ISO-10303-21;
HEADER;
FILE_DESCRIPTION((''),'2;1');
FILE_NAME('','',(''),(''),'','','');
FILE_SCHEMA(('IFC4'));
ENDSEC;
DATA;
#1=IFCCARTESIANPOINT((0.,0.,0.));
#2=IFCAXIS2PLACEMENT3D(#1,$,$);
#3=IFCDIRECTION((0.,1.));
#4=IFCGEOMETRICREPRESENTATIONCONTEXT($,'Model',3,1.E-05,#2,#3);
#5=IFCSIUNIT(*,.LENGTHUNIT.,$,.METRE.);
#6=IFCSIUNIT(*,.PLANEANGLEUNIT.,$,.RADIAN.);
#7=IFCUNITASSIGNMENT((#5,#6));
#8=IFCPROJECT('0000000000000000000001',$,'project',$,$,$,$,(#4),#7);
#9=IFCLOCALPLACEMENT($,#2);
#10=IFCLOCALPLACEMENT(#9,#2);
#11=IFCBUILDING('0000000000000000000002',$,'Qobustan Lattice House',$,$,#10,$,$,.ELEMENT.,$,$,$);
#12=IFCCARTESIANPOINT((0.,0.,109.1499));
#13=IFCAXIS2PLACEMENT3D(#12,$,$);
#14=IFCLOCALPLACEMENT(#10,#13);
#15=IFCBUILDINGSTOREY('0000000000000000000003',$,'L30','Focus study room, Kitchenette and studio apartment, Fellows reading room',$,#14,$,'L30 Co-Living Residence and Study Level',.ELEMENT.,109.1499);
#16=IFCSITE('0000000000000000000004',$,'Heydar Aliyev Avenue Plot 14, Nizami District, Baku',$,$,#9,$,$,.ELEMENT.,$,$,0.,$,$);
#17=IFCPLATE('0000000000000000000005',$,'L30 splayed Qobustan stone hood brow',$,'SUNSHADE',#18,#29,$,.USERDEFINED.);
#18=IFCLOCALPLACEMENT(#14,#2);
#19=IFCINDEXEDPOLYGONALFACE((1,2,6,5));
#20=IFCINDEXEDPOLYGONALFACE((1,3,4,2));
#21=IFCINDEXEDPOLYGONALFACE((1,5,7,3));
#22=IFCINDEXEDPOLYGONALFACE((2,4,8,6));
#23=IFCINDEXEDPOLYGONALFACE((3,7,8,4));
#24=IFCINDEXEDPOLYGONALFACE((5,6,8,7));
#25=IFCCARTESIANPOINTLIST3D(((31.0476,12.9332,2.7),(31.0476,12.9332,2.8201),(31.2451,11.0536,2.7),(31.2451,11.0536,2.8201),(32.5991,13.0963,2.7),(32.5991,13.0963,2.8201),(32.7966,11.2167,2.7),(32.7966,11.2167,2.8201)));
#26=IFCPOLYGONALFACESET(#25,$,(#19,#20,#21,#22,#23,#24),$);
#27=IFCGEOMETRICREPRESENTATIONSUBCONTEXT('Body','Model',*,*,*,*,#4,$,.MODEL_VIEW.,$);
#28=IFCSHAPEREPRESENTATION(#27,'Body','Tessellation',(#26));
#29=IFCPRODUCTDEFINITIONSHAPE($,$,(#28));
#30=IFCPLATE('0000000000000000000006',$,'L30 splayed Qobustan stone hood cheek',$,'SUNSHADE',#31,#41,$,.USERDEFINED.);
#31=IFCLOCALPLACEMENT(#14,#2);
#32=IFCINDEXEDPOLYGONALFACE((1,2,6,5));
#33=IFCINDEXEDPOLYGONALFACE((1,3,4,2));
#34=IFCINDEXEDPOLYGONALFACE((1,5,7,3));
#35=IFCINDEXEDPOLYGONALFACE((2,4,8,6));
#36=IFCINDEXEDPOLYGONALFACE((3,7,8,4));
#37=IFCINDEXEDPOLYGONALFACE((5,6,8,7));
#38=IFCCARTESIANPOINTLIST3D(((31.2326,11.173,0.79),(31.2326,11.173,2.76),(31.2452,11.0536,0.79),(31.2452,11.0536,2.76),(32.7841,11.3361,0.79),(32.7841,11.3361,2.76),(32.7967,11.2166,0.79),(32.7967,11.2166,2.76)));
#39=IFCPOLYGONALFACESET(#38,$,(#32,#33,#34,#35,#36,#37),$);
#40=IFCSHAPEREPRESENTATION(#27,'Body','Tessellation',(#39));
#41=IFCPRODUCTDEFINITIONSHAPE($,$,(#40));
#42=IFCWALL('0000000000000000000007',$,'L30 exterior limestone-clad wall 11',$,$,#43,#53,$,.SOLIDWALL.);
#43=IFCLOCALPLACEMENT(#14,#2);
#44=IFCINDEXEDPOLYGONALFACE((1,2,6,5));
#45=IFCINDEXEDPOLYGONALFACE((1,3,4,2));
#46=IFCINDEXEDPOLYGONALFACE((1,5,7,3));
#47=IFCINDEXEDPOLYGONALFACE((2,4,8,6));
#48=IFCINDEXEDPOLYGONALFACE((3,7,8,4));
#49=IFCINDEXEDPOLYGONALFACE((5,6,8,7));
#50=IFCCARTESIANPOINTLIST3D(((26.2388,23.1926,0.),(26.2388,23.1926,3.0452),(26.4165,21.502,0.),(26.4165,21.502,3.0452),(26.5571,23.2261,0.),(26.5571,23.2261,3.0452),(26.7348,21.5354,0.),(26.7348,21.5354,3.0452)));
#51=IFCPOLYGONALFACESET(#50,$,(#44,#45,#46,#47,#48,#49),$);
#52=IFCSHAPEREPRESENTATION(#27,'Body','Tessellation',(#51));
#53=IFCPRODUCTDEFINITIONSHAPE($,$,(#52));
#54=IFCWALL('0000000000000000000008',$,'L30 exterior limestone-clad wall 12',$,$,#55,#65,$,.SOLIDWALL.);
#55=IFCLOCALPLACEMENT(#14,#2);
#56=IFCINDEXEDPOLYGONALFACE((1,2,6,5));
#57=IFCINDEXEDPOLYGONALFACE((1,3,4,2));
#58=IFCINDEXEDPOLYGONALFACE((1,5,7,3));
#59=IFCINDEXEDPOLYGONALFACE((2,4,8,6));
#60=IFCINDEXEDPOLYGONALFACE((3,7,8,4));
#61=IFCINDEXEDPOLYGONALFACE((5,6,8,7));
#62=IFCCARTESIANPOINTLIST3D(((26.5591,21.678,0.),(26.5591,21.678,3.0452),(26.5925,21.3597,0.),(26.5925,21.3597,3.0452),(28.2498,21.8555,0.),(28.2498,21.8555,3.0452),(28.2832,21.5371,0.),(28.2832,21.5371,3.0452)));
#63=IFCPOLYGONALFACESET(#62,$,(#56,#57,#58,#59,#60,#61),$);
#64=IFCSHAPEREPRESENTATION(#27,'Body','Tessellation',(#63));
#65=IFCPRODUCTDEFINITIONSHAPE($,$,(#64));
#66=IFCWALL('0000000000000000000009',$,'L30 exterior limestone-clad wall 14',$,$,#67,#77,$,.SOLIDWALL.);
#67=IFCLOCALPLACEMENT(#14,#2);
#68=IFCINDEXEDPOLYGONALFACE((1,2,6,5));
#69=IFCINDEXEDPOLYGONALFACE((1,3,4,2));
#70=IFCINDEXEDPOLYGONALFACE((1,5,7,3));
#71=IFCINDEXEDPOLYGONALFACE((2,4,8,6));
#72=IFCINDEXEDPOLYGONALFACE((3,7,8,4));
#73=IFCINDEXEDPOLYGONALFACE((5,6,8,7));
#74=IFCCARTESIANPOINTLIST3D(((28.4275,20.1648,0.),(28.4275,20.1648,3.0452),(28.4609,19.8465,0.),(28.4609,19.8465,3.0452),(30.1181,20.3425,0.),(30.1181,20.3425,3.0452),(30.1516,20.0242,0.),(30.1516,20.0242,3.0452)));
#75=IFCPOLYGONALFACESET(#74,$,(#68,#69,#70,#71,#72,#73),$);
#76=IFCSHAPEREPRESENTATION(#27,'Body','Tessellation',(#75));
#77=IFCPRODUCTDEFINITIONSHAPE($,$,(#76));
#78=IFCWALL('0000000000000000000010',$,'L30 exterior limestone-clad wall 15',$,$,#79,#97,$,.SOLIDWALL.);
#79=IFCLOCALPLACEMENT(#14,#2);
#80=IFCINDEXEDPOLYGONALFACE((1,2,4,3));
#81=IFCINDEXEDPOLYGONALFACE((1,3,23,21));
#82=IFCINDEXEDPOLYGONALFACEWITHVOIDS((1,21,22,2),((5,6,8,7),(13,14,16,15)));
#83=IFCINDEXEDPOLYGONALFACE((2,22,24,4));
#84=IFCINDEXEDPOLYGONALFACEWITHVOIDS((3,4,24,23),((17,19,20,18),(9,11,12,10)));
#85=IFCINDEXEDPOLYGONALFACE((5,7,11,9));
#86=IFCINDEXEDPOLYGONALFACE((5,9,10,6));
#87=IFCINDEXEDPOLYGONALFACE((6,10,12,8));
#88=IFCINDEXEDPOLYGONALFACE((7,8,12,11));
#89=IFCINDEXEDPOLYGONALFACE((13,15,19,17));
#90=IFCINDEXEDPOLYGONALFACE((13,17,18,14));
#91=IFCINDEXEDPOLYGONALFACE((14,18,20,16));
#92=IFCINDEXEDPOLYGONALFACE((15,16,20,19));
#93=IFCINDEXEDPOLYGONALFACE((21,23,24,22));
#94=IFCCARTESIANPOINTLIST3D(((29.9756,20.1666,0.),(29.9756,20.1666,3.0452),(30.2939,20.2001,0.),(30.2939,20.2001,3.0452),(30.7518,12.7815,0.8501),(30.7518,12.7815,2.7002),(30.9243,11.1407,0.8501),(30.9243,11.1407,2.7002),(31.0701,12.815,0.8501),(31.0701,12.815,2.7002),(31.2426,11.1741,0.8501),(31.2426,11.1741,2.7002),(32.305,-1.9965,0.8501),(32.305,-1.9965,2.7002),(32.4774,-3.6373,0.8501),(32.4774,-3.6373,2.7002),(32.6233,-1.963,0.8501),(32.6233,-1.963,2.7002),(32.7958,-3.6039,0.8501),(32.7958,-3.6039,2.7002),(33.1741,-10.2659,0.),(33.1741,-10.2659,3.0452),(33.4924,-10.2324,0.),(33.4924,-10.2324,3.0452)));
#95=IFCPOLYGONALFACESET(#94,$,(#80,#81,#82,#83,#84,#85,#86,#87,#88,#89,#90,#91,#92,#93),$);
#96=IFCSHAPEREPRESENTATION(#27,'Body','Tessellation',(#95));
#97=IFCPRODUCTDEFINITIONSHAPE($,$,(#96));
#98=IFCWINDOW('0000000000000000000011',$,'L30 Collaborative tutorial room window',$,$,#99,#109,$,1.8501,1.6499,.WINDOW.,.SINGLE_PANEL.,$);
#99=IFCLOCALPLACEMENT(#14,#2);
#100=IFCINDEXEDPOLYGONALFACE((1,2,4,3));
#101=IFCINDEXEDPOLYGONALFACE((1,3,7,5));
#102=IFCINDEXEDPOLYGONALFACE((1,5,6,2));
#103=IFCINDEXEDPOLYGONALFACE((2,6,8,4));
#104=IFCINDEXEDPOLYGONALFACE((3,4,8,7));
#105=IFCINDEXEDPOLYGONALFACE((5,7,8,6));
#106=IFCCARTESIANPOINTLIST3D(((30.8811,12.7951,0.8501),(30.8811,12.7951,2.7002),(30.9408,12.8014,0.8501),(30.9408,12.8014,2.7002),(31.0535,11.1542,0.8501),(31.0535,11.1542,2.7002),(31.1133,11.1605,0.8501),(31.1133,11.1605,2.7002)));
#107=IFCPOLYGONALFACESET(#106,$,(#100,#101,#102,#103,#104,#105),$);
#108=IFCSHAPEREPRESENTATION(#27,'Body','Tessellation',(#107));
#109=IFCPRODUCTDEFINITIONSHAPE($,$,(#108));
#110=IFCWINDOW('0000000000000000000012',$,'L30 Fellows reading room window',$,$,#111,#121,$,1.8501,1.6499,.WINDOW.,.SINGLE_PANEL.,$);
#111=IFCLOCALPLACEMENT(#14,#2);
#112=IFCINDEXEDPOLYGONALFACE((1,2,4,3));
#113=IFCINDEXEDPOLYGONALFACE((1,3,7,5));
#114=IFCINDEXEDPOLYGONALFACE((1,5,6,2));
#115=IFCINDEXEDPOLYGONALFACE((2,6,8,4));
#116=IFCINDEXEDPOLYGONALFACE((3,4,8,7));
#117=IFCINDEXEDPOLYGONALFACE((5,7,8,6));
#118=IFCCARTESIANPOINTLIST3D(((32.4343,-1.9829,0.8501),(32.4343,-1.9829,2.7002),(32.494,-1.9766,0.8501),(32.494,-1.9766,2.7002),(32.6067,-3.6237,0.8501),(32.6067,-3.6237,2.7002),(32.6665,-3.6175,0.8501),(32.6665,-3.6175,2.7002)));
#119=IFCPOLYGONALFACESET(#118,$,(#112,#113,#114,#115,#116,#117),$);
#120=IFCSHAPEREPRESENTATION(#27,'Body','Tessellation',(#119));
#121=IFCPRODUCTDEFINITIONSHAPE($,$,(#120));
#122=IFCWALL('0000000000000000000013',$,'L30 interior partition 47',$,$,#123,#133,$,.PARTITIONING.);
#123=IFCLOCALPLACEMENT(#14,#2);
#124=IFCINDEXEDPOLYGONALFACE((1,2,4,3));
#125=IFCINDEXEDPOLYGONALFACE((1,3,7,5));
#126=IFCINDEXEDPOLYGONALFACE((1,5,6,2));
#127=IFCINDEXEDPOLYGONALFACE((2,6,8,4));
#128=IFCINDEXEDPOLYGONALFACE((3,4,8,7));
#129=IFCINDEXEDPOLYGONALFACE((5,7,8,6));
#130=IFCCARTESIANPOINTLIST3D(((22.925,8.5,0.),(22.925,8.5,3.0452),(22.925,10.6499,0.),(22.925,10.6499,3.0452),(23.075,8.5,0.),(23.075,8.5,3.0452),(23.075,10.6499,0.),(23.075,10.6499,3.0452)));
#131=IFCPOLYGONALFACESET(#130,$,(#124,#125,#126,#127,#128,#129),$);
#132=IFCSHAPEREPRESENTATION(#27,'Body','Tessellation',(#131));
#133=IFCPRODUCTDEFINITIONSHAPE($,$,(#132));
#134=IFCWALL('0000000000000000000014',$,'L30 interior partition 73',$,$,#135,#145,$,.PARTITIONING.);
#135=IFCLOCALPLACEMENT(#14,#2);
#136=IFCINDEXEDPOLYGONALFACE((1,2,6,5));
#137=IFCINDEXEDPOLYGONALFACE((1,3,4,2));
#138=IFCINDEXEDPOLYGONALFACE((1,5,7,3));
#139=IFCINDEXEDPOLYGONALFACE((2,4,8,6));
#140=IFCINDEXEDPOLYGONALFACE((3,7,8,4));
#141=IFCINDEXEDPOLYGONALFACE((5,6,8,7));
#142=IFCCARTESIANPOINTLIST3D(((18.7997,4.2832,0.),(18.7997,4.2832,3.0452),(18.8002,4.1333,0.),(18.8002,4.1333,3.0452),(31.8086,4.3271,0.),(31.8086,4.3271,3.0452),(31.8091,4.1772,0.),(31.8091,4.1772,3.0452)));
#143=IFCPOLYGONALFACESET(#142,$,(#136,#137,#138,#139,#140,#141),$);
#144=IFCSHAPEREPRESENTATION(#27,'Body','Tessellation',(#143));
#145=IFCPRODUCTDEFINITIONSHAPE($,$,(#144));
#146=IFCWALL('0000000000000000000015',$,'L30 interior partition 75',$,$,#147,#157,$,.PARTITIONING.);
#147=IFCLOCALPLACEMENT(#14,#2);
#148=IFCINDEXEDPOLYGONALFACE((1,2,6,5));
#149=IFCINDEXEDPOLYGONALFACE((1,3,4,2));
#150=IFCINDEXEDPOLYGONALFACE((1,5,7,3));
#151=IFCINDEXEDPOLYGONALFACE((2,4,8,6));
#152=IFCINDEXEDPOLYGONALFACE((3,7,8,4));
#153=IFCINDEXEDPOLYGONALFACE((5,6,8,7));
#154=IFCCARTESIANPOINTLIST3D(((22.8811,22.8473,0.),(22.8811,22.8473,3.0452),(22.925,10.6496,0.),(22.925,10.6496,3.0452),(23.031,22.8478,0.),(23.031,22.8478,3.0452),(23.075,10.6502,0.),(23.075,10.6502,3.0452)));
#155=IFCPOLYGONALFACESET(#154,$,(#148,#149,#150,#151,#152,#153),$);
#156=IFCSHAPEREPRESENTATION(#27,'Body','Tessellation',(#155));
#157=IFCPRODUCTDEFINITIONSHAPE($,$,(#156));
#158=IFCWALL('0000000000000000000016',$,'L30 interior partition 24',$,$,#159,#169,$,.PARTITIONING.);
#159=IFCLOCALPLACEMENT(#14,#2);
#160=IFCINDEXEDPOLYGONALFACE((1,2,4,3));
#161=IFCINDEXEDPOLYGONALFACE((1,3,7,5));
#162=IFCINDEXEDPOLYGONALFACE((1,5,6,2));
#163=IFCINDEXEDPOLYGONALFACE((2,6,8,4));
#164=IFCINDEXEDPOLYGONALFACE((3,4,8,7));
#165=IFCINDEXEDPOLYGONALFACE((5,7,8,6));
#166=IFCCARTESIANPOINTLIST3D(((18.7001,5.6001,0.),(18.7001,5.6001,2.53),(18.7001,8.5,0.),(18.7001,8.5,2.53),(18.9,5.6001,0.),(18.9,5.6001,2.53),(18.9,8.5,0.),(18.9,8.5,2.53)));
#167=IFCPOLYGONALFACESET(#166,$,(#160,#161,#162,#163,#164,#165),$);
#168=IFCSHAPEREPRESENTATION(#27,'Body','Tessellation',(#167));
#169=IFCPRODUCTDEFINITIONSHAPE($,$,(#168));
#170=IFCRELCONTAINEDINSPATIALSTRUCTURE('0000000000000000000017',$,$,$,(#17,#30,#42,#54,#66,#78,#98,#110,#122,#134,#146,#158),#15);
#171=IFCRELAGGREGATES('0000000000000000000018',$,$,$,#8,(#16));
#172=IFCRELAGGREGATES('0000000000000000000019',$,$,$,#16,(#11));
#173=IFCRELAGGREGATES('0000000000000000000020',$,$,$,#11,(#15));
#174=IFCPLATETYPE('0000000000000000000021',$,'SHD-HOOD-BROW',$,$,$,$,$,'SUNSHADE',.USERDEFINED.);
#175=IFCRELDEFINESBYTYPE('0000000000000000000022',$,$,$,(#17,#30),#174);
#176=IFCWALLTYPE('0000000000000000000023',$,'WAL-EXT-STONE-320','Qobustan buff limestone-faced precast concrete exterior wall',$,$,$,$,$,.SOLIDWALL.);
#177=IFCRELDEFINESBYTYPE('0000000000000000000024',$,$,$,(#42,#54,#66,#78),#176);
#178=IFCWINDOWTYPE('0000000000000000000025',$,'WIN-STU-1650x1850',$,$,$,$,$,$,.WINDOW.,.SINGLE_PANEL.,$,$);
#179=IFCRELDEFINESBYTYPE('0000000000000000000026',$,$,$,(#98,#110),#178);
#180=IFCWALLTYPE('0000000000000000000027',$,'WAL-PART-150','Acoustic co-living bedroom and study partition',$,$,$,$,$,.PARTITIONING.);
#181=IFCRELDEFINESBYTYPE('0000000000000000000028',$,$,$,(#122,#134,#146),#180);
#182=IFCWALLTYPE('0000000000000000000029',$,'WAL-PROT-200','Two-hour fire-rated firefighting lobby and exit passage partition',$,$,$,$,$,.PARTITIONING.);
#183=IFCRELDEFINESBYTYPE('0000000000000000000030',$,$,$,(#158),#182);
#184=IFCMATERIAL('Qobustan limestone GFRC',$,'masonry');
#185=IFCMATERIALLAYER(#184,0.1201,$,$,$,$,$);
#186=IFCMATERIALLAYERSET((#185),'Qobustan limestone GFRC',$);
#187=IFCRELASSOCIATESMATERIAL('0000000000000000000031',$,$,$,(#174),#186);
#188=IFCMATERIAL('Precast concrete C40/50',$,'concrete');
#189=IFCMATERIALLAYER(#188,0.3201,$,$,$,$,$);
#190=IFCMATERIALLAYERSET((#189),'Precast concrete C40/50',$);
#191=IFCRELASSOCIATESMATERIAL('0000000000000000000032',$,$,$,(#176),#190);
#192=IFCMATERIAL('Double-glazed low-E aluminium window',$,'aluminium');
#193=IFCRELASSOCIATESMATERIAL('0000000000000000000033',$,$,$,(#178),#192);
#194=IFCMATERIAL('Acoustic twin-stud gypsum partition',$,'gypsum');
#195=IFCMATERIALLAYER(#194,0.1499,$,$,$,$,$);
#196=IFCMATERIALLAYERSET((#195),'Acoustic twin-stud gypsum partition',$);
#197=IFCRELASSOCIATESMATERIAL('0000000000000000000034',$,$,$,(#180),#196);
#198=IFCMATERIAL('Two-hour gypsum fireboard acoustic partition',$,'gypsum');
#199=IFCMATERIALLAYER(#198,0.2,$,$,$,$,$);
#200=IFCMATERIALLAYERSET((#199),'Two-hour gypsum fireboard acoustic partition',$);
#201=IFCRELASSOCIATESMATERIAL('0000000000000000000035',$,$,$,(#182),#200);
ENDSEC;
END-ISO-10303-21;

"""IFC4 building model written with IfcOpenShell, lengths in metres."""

from ifc_helpers import new_model, si_unit, direction, frame, frame_2d, origin, origin_2d, place, context, subcontext, project, spatial, rectangle, extrude, material, layer, layer_set, type_object, element, fill, save


model = new_model("IFC4")

# Units and contexts
model_context = context("Model", 3, precision=1e-05, world=origin(), true_north=direction((0.0, 1.0)))
body_context = subcontext(model_context, "Body", "Model", "MODEL_VIEW")
ifc_project = project(units=[si_unit("LENGTHUNIT", "METRE"), si_unit("PLANEANGLEUNIT", "RADIAN")], contexts=[model_context])

# Site, building, storey
site_placement = place(None, origin())
site = spatial("IfcSite", under=ifc_project, at=site_placement, Name="Heydar Aliyev Avenue Plot 14, Nizami District, Baku", CompositionType="ELEMENT", RefElevation=0.0)
building_placement = place(site_placement, origin())
building = spatial("IfcBuilding", under=site, at=building_placement, Name="Qobustan Lattice House", CompositionType="ELEMENT")
storey_placement = place(building_placement, frame((0.0, 0.0, 109.1499)))
storey = spatial("IfcBuildingStorey", under=building, at=storey_placement, Name="L30", Description="Focus study room, Kitchenette and studio apartment, Fellows reading room", LongName="L30 Co-Living Residence and Study Level", CompositionType="ELEMENT", Elevation=109.1499)

# Plates
ifc_material_1 = material(Name="Qobustan limestone GFRC", Category="masonry")
ifc_layer_1 = layer(ifc_material_1, 0.1201)
ifc_layer_set_1 = layer_set([ifc_layer_1], Name="Qobustan limestone GFRC")
plate_type_1 = type_object("IfcPlateType", Name="SHD-HOOD-BROW", ElementType="SUNSHADE", PredefinedType="USERDEFINED", material=ifc_layer_set_1)
plate_1_placement = place(storey_placement, frame((31.9221, 12.075, 2.7), z_axis=(0.0, 0.0, 1.0), x_axis=(0.104528, -0.994522, 0.0)))
element("IfcPlate", 1, at=plate_1_placement, inside=storey, type_object=plate_type_1, Name="L30 splayed Qobustan stone hood brow", ObjectType="SUNSHADE", PredefinedType="USERDEFINED", context=body_context, shape_type="SweptSolid", body=[
    extrude(rectangle(XDim=1.8899, YDim=1.5601, at=origin_2d()), origin(), (0.0, 0.0, 1.0), 0.1201),
])
plate_2_placement = place(storey_placement, frame((32.0146, 11.1948, 0.79), z_axis=(0.0, 0.0, 1.0), x_axis=(0.104528, -0.994522, 0.0)))
element("IfcPlate", 2, at=plate_2_placement, inside=storey, type_object=plate_type_1, Name="L30 splayed Qobustan stone hood cheek", ObjectType="SUNSHADE", PredefinedType="USERDEFINED", context=body_context, shape_type="SweptSolid", body=[
    extrude(rectangle(XDim=0.1201, YDim=1.5601, at=origin_2d()), origin(), (0.0, 0.0, 1.0), 1.97),
])

# Walls
ifc_material_2 = material(Name="Precast concrete C40/50", Category="concrete")
ifc_layer_2 = layer(ifc_material_2, 0.3201)
ifc_layer_set_2 = layer_set([ifc_layer_2], Name="Precast concrete C40/50")
wall_type_1 = type_object("IfcWallType", Name="WAL-EXT-STONE-320", Description="Qobustan buff limestone-faced precast concrete exterior wall", PredefinedType="SOLIDWALL", material=ifc_layer_set_2)
for number, where, z_axis, x_axis, name in (
    (3, (26.3979, 23.2095, 0.0), (0.0, 0.0, 1.0), (0.10455, -0.99452, 0.0), "L30 exterior limestone-clad wall 11"),
    (4, (26.5757, 21.5188, 0.0), (0.0, 0.0, 1.0), (0.994535, 0.104408, 0.0), "L30 exterior limestone-clad wall 12"),
    (5, (28.4441, 20.0056, 0.0), (0.0, 0.0, 1.0), (0.99452, 0.10455, 0.0), "L30 exterior limestone-clad wall 14"),
):
    element("IfcWall", number, at=place(storey_placement, frame(where, z_axis=z_axis, x_axis=x_axis)), inside=storey, type_object=wall_type_1, Name=name, PredefinedType="SOLIDWALL", context=body_context, shape_type="SweptSolid", body=[
        extrude(rectangle(XDim=1.7, YDim=0.3201, at=frame_2d((0.8501, 0.0))), origin(), (0.0, 0.0, 1.0), 3.0452),
    ])

# Wall, openings, windows
wall_1_placement = place(storey_placement, frame((30.1348, 20.1833, 0.0), z_axis=(0.0, 0.0, 1.0), x_axis=(0.104526, -0.994522, 0.0)))
wall_1 = element("IfcWall", 6, at=wall_1_placement, inside=storey, type_object=wall_type_1, Name="L30 exterior limestone-clad wall 15", PredefinedType="SOLIDWALL", context=body_context, shape_type="SweptSolid", body=[
    extrude(rectangle(XDim=30.6001, YDim=0.3201, at=frame_2d((15.3, 0.0))), origin(), (0.0, 0.0, 1.0), 3.0452),
])
opening_1_placement = place(wall_1_placement, frame((7.4258, 0.0, 0.8501)))
opening_1 = element("IfcOpeningElement", 7, at=opening_1_placement, cuts=wall_1, PredefinedType="OPENING", context=body_context, shape_type="SweptSolid", body=[
    extrude(rectangle(XDim=1.6499, YDim=1.8501, at=frame_2d((0.825, 0.925))), frame((0.0, 0.1699, 0.0), z_axis=(0.0, -1.0, 0.0), x_axis=(1.0, 0.0, 0.0)), (0.0, 0.0, 1.0), 0.3401),
])
opening_2_placement = place(wall_1_placement, frame((22.2852, 0.0, 0.8501)))
opening_2 = element("IfcOpeningElement", 8, at=opening_2_placement, cuts=wall_1, PredefinedType="OPENING", context=body_context, shape_type="SweptSolid", body=[
    extrude(rectangle(XDim=1.6499, YDim=1.8501, at=frame_2d((0.825, 0.925))), frame((0.0, 0.1699, 0.0), z_axis=(0.0, -1.0, 0.0), x_axis=(1.0, 0.0, 0.0)), (0.0, 0.0, 1.0), 0.3401),
])
ifc_material_3 = material(Name="Double-glazed low-E aluminium window", Category="aluminium")
window_type = type_object("IfcWindowType", Name="WIN-STU-1650x1850", PartitioningType="SINGLE_PANEL", PredefinedType="WINDOW", material=ifc_material_3)
window_1_placement = place(opening_1_placement, origin())
window_1 = element("IfcWindow", 9, at=window_1_placement, inside=storey, type_object=window_type, Name="L30 Collaborative tutorial room window", OverallHeight=1.8501, OverallWidth=1.6499, PartitioningType="SINGLE_PANEL", PredefinedType="WINDOW", context=body_context, shape_type="SweptSolid", body=[
    extrude(rectangle(XDim=1.6499, YDim=1.8501, at=frame_2d((0.825, 0.925))), frame((0.0, 0.03, 0.0), z_axis=(0.0, -1.0, 0.0), x_axis=(1.0, 0.0, 0.0)), (0.0, 0.0, 1.0), 0.0601),
])
fill(opening_1, window_1)
window_2_placement = place(opening_2_placement, origin())
window_2 = element("IfcWindow", 10, at=window_2_placement, inside=storey, type_object=window_type, Name="L30 Fellows reading room window", OverallHeight=1.8501, OverallWidth=1.6499, PartitioningType="SINGLE_PANEL", PredefinedType="WINDOW", context=body_context, shape_type="SweptSolid", body=[
    extrude(rectangle(XDim=1.6499, YDim=1.8501, at=frame_2d((0.825, 0.925))), frame((0.0, 0.03, 0.0), z_axis=(0.0, -1.0, 0.0), x_axis=(1.0, 0.0, 0.0)), (0.0, 0.0, 1.0), 0.0601),
])
fill(opening_2, window_2)

# Shared definitions
ifc_material_4 = material(Name="Acoustic twin-stud gypsum partition", Category="gypsum")
ifc_layer_3 = layer(ifc_material_4, 0.1499)
ifc_layer_set_3 = layer_set([ifc_layer_3], Name="Acoustic twin-stud gypsum partition")
wall_type_2 = type_object("IfcWallType", Name="WAL-PART-150", Description="Acoustic co-living bedroom and study partition", PredefinedType="PARTITIONING", material=ifc_layer_set_3)

# Walls
wall_2_placement = place(storey_placement, frame((23.0, 10.6499, 0.0), z_axis=(0.0, 0.0, 1.0), x_axis=(0.0, -1.0, 0.0)))
element("IfcWall", 11, at=wall_2_placement, inside=storey, type_object=wall_type_2, Name="L30 interior partition 47", PredefinedType="PARTITIONING", context=body_context, shape_type="SweptSolid", body=[
    extrude(rectangle(XDim=2.1499, YDim=0.1499, at=frame_2d((1.075, 0.0))), origin(), (0.0, 0.0, 1.0), 3.0452),
])
wall_3_placement = place(storey_placement, frame((18.8, 4.2083, 0.0), z_axis=(0.0, 0.0, 1.0), x_axis=(0.999994, 0.003378, 0.0)))
element("IfcWall", 12, at=wall_3_placement, inside=storey, type_object=wall_type_2, Name="L30 interior partition 73", PredefinedType="PARTITIONING", context=body_context, shape_type="SweptSolid", body=[
    extrude(rectangle(XDim=13.009, YDim=0.1499, at=frame_2d((6.5044, 0.0))), origin(), (0.0, 0.0, 1.0), 3.0452),
])
wall_4_placement = place(storey_placement, frame((23.0, 10.6499, 0.0), z_axis=(0.0, 0.0, 1.0), x_axis=(-0.003603, 0.999994, 0.0)))
element("IfcWall", 13, at=wall_4_placement, inside=storey, type_object=wall_type_2, Name="L30 interior partition 75", PredefinedType="PARTITIONING", context=body_context, shape_type="SweptSolid", body=[
    extrude(rectangle(XDim=12.1978, YDim=0.1499, at=frame_2d((6.0989, 0.0))), origin(), (0.0, 0.0, 1.0), 3.0452),
])

# Shared definitions
ifc_material_5 = material(Name="Two-hour gypsum fireboard acoustic partition", Category="gypsum")
ifc_layer_4 = layer(ifc_material_5, 0.2)
ifc_layer_set_4 = layer_set([ifc_layer_4], Name="Two-hour gypsum fireboard acoustic partition")
wall_type_3 = type_object("IfcWallType", Name="WAL-PROT-200", Description="Two-hour fire-rated firefighting lobby and exit passage partition", PredefinedType="PARTITIONING", material=ifc_layer_set_4)

# Wall
wall_5_placement = place(storey_placement, frame((18.8, 5.6001, 0.0), z_axis=(0.0, 0.0, 1.0), x_axis=(0.0, 1.0, 0.0)))
element("IfcWall", 14, at=wall_5_placement, inside=storey, type_object=wall_type_3, Name="L30 interior partition 24", PredefinedType="PARTITIONING", context=body_context, shape_type="SweptSolid", body=[
    extrude(rectangle(XDim=2.8999, YDim=0.2, at=frame_2d((1.45, 0.0))), origin(), (0.0, 0.0, 1.0), 2.53),
])

save(model, "model.ifc")
